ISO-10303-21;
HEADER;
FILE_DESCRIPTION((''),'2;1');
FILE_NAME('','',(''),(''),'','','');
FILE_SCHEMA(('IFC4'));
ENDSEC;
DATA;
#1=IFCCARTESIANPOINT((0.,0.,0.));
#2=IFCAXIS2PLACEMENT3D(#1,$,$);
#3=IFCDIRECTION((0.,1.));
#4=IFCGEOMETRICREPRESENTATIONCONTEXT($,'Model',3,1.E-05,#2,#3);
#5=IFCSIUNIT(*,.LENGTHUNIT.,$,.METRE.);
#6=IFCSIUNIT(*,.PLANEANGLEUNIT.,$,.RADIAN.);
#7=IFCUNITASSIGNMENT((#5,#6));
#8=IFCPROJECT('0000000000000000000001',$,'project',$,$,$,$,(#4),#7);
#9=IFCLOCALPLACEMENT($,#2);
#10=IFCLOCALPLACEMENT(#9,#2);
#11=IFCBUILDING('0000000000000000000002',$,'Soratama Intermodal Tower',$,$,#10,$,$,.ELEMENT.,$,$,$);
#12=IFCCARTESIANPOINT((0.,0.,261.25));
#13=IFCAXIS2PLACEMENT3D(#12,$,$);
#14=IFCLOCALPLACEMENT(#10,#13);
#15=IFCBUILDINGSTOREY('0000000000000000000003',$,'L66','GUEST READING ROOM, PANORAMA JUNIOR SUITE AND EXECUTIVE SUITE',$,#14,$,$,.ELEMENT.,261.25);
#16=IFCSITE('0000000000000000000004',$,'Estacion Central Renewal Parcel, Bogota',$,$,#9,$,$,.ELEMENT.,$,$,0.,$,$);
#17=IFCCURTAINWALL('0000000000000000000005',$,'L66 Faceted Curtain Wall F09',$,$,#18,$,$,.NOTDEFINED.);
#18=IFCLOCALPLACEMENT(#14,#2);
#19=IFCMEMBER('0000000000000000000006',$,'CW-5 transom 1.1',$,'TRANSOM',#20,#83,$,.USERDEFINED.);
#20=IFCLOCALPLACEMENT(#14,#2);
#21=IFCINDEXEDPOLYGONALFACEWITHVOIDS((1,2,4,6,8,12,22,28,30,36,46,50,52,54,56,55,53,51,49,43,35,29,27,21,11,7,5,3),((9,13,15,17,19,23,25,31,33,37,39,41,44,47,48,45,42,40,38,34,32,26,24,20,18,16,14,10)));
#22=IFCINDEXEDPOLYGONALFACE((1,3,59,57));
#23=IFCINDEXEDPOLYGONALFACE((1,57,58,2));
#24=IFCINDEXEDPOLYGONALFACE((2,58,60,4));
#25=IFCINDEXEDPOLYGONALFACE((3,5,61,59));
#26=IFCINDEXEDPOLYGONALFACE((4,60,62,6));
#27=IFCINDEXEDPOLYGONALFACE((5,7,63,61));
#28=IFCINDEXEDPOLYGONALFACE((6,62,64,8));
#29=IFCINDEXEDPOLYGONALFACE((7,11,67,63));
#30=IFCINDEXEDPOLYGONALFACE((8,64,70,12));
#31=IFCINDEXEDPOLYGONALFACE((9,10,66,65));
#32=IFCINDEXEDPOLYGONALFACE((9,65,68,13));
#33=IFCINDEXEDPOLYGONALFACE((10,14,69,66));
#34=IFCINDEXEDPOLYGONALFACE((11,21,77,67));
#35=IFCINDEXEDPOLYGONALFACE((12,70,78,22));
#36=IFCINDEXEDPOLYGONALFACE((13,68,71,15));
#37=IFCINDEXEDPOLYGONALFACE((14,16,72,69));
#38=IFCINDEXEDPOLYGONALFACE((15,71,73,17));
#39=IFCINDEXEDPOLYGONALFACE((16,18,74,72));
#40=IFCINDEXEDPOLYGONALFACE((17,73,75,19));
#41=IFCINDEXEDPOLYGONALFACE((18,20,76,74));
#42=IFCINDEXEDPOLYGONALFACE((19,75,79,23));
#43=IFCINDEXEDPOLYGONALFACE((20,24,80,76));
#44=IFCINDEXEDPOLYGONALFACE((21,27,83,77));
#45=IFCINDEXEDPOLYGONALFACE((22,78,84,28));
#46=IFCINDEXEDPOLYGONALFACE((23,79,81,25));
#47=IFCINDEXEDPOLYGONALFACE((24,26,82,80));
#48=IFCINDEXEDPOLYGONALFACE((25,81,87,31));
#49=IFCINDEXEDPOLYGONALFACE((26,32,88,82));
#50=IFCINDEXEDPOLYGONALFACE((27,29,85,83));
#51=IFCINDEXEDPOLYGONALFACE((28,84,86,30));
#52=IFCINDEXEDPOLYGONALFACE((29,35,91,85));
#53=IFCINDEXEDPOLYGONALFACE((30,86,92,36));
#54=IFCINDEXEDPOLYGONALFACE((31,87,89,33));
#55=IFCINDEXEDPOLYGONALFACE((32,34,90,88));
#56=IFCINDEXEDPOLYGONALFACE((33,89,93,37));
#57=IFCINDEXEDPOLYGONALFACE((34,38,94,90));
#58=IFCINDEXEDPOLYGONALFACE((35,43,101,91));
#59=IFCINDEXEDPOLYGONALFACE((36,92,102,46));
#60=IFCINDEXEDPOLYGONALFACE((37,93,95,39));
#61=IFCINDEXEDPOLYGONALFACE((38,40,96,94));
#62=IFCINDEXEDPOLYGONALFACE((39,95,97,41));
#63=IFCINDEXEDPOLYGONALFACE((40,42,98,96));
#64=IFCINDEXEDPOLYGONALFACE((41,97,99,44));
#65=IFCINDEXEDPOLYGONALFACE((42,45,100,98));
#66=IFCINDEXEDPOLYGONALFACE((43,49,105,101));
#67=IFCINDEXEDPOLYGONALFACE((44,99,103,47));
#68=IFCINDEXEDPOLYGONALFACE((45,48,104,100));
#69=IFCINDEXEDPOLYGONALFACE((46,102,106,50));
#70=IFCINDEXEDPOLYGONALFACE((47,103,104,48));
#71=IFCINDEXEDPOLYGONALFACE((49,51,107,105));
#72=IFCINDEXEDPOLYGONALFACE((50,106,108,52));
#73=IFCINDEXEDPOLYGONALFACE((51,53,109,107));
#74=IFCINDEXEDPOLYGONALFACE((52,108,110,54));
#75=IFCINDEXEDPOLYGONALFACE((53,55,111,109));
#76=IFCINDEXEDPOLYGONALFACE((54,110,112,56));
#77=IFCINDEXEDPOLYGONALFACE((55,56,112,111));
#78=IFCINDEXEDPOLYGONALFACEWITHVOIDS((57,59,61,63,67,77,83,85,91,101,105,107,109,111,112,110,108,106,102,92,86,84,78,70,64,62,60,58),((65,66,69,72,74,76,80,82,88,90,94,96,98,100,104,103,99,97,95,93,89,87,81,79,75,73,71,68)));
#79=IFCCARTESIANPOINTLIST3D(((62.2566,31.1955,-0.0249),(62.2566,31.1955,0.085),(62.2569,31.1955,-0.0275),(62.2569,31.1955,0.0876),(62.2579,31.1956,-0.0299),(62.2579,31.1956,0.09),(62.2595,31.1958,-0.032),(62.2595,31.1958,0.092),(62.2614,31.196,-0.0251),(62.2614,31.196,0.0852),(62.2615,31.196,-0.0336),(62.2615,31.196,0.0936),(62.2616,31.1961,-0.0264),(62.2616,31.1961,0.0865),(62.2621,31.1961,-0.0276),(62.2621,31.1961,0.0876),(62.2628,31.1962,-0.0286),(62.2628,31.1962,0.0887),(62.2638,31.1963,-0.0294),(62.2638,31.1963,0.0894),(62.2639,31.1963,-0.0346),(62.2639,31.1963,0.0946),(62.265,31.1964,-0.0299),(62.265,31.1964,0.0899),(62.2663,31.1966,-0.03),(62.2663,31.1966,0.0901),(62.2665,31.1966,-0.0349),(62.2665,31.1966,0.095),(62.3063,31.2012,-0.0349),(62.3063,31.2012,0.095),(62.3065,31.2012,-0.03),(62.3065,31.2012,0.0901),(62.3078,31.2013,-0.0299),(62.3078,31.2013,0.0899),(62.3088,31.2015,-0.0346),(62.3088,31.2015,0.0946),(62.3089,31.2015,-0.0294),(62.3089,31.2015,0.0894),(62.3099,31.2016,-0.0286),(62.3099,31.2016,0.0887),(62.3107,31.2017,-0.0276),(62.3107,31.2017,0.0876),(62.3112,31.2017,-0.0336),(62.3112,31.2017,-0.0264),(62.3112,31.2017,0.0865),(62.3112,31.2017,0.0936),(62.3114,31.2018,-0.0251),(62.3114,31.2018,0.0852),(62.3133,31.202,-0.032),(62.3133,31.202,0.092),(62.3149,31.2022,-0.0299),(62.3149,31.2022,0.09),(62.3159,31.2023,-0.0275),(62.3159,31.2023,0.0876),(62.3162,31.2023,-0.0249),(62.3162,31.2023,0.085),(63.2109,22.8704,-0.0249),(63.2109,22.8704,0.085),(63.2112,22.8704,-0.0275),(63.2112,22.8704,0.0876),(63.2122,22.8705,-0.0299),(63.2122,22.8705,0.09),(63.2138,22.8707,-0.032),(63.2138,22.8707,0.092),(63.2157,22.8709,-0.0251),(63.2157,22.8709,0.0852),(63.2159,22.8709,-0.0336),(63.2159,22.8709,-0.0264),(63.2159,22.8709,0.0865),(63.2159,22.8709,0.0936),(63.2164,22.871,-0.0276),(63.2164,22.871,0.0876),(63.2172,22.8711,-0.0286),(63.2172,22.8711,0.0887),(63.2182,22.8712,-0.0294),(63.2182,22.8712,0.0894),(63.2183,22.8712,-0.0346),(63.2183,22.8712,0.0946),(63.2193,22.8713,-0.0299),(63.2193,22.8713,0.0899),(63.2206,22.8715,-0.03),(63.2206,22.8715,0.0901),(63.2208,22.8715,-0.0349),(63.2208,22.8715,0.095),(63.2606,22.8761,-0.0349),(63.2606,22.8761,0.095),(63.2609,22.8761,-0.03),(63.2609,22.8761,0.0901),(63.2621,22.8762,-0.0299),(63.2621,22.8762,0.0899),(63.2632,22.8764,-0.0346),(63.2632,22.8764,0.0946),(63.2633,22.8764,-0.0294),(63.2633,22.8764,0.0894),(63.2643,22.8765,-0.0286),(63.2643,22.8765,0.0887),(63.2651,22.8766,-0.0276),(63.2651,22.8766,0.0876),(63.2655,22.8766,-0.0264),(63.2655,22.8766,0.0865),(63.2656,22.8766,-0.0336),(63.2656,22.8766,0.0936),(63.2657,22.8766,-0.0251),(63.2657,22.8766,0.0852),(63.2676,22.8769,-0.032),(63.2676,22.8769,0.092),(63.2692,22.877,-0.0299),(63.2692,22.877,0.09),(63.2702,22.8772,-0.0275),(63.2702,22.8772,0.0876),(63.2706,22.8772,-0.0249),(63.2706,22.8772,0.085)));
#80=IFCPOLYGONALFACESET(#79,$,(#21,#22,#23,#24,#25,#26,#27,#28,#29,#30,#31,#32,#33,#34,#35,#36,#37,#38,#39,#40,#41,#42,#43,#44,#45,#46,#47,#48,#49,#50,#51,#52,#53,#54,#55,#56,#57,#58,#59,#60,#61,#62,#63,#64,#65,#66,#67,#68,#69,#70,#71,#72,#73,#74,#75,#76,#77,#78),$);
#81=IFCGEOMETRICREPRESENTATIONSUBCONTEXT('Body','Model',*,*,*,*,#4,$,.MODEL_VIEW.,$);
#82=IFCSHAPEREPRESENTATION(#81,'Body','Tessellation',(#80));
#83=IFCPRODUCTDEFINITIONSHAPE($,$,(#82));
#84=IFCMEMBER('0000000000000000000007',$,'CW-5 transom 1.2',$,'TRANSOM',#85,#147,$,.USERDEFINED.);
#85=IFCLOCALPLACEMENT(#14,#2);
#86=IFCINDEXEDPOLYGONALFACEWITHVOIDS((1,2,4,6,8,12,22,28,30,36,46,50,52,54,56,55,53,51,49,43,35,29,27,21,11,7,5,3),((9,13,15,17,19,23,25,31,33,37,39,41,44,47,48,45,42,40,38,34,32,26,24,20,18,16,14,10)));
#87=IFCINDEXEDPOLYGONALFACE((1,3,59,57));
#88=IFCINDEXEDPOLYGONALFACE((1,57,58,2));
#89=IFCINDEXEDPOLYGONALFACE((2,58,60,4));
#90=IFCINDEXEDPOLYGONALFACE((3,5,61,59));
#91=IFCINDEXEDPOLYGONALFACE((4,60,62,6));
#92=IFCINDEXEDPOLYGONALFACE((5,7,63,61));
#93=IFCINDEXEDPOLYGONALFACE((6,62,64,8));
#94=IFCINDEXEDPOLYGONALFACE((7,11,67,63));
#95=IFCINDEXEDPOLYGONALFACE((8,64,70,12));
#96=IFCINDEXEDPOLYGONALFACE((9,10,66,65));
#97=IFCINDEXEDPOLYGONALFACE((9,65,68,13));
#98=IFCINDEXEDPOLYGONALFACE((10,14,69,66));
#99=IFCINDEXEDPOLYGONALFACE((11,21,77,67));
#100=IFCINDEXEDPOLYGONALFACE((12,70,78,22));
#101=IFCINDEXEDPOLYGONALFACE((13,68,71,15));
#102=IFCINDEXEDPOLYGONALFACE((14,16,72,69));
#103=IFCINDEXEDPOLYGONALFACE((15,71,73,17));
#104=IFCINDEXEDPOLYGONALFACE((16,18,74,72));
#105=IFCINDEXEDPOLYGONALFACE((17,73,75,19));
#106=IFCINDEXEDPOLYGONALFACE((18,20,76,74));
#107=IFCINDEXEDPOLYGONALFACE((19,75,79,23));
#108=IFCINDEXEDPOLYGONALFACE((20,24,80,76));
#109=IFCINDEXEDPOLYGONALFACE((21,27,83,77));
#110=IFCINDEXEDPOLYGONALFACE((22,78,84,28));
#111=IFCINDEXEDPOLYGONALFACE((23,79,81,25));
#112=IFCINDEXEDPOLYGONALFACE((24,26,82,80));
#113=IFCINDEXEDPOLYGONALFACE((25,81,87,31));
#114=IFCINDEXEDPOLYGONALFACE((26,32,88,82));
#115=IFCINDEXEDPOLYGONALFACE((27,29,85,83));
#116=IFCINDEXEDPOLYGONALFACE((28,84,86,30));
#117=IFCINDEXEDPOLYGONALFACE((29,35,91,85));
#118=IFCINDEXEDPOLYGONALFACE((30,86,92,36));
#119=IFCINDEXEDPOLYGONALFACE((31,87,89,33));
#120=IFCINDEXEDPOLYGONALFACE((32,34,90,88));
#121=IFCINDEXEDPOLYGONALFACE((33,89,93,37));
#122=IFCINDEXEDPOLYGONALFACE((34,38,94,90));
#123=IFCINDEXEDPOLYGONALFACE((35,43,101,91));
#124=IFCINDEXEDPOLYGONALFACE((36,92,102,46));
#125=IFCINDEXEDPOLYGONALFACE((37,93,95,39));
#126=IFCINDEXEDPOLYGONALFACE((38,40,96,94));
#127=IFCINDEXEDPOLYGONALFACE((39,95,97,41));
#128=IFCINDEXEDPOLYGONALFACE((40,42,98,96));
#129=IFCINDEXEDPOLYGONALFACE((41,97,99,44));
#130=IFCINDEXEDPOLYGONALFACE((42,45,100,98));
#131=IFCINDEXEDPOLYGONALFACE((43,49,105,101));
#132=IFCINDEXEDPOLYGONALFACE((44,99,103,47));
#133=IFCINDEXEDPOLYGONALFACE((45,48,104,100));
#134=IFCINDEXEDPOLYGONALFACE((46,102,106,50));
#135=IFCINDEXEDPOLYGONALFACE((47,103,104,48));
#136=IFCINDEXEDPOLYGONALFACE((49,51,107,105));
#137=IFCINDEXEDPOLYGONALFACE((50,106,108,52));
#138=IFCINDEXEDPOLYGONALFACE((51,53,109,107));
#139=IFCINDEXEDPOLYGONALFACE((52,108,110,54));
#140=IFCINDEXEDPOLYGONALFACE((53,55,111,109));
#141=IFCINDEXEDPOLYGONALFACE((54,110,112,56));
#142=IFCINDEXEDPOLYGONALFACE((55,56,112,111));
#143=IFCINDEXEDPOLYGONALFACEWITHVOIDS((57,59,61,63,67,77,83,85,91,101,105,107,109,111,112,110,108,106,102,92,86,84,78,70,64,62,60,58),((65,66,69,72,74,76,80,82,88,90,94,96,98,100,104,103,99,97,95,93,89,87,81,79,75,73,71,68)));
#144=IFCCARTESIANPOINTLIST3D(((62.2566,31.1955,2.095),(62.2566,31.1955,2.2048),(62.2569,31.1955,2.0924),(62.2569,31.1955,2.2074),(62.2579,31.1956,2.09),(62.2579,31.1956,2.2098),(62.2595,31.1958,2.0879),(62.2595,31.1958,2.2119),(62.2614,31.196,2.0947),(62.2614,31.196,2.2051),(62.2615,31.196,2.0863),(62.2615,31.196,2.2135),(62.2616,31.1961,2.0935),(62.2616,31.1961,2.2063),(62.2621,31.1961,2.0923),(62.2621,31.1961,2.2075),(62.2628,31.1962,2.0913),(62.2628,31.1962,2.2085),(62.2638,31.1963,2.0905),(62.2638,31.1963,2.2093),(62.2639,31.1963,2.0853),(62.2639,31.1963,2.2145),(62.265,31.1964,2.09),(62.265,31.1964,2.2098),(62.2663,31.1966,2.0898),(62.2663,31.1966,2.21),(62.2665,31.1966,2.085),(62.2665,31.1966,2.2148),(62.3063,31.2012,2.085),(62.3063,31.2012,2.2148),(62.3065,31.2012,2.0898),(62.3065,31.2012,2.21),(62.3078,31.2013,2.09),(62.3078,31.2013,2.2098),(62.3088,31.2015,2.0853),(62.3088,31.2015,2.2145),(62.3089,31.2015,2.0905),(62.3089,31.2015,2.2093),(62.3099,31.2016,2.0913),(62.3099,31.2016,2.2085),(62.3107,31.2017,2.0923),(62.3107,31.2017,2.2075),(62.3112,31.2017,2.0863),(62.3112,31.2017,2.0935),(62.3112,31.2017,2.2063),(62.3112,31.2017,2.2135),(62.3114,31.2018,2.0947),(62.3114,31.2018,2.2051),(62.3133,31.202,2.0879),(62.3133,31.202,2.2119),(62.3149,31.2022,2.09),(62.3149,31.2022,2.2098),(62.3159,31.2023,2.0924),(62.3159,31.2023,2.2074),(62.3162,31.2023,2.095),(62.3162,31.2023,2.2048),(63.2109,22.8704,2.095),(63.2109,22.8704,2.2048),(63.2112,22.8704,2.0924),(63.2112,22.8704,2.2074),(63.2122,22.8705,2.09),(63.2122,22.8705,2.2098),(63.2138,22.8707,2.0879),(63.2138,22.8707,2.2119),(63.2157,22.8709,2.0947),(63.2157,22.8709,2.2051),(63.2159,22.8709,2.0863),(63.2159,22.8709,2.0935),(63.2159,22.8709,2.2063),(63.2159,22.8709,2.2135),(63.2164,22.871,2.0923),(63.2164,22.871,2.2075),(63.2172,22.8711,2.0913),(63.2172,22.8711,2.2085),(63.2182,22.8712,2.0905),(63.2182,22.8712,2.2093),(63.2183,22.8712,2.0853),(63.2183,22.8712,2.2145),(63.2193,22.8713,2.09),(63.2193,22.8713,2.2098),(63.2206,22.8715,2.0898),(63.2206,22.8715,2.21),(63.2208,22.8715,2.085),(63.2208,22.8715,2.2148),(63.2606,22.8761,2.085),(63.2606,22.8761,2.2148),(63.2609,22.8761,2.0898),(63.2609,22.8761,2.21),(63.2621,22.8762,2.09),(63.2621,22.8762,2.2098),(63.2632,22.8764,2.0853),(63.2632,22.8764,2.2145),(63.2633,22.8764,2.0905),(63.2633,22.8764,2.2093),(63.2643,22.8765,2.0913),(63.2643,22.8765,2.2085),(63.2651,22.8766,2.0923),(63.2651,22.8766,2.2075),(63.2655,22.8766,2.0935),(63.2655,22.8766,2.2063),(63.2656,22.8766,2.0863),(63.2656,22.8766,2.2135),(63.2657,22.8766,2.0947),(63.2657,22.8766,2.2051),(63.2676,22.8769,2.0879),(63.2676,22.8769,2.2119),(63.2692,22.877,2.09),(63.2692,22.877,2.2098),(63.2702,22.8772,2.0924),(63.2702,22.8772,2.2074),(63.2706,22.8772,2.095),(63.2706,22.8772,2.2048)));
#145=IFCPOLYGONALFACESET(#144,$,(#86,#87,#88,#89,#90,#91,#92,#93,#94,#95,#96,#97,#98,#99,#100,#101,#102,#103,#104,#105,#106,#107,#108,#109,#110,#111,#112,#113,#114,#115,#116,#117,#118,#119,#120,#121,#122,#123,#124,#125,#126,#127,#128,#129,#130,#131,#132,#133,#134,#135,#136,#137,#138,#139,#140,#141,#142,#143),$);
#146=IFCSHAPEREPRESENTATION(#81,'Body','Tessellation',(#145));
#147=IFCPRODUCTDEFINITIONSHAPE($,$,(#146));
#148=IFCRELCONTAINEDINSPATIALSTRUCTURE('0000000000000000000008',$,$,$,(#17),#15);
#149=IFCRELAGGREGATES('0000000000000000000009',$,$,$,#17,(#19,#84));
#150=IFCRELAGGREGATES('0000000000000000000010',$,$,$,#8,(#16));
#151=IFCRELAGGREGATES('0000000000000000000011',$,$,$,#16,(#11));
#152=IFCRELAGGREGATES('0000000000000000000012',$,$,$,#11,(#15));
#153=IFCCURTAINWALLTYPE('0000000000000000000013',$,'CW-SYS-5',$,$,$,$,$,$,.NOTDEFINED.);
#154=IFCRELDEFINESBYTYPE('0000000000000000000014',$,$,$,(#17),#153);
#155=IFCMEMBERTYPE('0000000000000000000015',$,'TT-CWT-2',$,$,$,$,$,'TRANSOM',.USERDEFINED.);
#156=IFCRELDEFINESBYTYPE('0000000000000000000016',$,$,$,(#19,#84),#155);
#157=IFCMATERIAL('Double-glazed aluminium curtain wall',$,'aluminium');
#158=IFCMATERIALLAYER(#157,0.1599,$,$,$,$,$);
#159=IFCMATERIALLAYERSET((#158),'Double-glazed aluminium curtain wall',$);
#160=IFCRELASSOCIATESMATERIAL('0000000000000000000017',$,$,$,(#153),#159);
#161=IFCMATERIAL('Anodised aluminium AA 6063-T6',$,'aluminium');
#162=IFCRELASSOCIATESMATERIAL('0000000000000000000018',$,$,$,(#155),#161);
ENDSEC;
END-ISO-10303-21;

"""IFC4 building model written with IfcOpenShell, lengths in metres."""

from ifc_helpers import new_model, si_unit, direction, frame, origin, origin_2d, place, context, subcontext, project, spatial, hollow_rectangle, extrude, material, layer, layer_set, material_profile, profile_set, type_object, element, aggregate, save


model = new_model("IFC4")

# Units and contexts
model_context = context("Model", 3, precision=1e-05, world=origin(), true_north=direction((0.0, 1.0)))
body_context = subcontext(model_context, "Body", "Model", "MODEL_VIEW")
ifc_project = project(units=[si_unit("LENGTHUNIT", "METRE"), si_unit("PLANEANGLEUNIT", "RADIAN")], contexts=[model_context])

# Site, building, storey
site_placement = place(None, origin())
site = spatial("IfcSite", under=ifc_project, at=site_placement, Name="Estacion Central Renewal Parcel, Bogota", CompositionType="ELEMENT", RefElevation=0.0)
building_placement = place(site_placement, origin())
building = spatial("IfcBuilding", under=site, at=building_placement, Name="Soratama Intermodal Tower", CompositionType="ELEMENT")
storey_placement = place(building_placement, frame((0.0, 0.0, 261.25)))
storey = spatial("IfcBuildingStorey", under=building, at=storey_placement, Name="L66", Description="GUEST READING ROOM, PANORAMA JUNIOR SUITE AND EXECUTIVE SUITE", CompositionType="ELEMENT", Elevation=261.25)

# Shared definitions
ifc_material_1 = material(Name="Double-glazed aluminium curtain wall", Category="aluminium")
ifc_layer_1 = layer(ifc_material_1, 0.1599)
ifc_layer_set_1 = layer_set([ifc_layer_1], Name="Double-glazed aluminium curtain wall")
curtain_wall_type = type_object("IfcCurtainWallType", Name="CW-SYS-5", PredefinedType="NOTDEFINED", material=ifc_layer_set_1)

# Curtain wall, members
curtain_wall_1_placement = place(storey_placement, origin())
curtain_wall_1 = element("IfcCurtainWall", 1, at=curtain_wall_1_placement, inside=storey, type_object=curtain_wall_type, Name="L66 Faceted Curtain Wall F09", PredefinedType="NOTDEFINED")
ifc_material_2 = material(Name="Anodised aluminium AA 6063-T6", Category="aluminium")
ifc_material_profile_1 = material_profile(ifc_material_2, hollow_rectangle(XDim=0.0601, YDim=0.1299, WallThickness=0.0049, InnerFilletRadius=0.0049, OuterFilletRadius=0.01, at=origin_2d()), Name="CWT130X60X5")
ifc_profile_set_1 = profile_set([ifc_material_profile_1], Name="Anodised aluminium AA 6063-T6")
member_type_1 = type_object("IfcMemberType", Name="TT-CWT-2", ElementType="TRANSOM", PredefinedType="USERDEFINED", material=ifc_profile_set_1)
member_1_placement = place(storey_placement, frame((63.2407, 22.8738, 0.03), z_axis=(-0.113888, 0.993494, 0.0), x_axis=(-0.993494, -0.113888, 0.0)))
member_1 = element("IfcMember", 2, at=member_1_placement, type_object=member_type_1, Name="CW-5 transom 1.1", ObjectType="TRANSOM", PredefinedType="USERDEFINED", context=body_context, shape_type="SweptSolid", body=[
    extrude(hollow_rectangle(XDim=0.0601, YDim=0.1299, WallThickness=0.0049, InnerFilletRadius=0.0049, OuterFilletRadius=0.01, at=origin_2d()), origin(), (0.0, 0.0, 1.0), 8.3796),
])
member_2_placement = place(storey_placement, frame((63.2407, 22.8738, 2.1499), z_axis=(-0.113888, 0.993494, 0.0), x_axis=(-0.993494, -0.113888, 0.0)))
member_2 = element("IfcMember", 3, at=member_2_placement, type_object=member_type_1, Name="CW-5 transom 1.2", ObjectType="TRANSOM", PredefinedType="USERDEFINED", context=body_context, shape_type="SweptSolid", body=[
    extrude(hollow_rectangle(XDim=0.0601, YDim=0.1299, WallThickness=0.0049, InnerFilletRadius=0.0049, OuterFilletRadius=0.01, at=origin_2d()), origin(), (0.0, 0.0, 1.0), 8.3796),
])
aggregate(curtain_wall_1, [member_1, member_2])

save(model, "model.ifc")
